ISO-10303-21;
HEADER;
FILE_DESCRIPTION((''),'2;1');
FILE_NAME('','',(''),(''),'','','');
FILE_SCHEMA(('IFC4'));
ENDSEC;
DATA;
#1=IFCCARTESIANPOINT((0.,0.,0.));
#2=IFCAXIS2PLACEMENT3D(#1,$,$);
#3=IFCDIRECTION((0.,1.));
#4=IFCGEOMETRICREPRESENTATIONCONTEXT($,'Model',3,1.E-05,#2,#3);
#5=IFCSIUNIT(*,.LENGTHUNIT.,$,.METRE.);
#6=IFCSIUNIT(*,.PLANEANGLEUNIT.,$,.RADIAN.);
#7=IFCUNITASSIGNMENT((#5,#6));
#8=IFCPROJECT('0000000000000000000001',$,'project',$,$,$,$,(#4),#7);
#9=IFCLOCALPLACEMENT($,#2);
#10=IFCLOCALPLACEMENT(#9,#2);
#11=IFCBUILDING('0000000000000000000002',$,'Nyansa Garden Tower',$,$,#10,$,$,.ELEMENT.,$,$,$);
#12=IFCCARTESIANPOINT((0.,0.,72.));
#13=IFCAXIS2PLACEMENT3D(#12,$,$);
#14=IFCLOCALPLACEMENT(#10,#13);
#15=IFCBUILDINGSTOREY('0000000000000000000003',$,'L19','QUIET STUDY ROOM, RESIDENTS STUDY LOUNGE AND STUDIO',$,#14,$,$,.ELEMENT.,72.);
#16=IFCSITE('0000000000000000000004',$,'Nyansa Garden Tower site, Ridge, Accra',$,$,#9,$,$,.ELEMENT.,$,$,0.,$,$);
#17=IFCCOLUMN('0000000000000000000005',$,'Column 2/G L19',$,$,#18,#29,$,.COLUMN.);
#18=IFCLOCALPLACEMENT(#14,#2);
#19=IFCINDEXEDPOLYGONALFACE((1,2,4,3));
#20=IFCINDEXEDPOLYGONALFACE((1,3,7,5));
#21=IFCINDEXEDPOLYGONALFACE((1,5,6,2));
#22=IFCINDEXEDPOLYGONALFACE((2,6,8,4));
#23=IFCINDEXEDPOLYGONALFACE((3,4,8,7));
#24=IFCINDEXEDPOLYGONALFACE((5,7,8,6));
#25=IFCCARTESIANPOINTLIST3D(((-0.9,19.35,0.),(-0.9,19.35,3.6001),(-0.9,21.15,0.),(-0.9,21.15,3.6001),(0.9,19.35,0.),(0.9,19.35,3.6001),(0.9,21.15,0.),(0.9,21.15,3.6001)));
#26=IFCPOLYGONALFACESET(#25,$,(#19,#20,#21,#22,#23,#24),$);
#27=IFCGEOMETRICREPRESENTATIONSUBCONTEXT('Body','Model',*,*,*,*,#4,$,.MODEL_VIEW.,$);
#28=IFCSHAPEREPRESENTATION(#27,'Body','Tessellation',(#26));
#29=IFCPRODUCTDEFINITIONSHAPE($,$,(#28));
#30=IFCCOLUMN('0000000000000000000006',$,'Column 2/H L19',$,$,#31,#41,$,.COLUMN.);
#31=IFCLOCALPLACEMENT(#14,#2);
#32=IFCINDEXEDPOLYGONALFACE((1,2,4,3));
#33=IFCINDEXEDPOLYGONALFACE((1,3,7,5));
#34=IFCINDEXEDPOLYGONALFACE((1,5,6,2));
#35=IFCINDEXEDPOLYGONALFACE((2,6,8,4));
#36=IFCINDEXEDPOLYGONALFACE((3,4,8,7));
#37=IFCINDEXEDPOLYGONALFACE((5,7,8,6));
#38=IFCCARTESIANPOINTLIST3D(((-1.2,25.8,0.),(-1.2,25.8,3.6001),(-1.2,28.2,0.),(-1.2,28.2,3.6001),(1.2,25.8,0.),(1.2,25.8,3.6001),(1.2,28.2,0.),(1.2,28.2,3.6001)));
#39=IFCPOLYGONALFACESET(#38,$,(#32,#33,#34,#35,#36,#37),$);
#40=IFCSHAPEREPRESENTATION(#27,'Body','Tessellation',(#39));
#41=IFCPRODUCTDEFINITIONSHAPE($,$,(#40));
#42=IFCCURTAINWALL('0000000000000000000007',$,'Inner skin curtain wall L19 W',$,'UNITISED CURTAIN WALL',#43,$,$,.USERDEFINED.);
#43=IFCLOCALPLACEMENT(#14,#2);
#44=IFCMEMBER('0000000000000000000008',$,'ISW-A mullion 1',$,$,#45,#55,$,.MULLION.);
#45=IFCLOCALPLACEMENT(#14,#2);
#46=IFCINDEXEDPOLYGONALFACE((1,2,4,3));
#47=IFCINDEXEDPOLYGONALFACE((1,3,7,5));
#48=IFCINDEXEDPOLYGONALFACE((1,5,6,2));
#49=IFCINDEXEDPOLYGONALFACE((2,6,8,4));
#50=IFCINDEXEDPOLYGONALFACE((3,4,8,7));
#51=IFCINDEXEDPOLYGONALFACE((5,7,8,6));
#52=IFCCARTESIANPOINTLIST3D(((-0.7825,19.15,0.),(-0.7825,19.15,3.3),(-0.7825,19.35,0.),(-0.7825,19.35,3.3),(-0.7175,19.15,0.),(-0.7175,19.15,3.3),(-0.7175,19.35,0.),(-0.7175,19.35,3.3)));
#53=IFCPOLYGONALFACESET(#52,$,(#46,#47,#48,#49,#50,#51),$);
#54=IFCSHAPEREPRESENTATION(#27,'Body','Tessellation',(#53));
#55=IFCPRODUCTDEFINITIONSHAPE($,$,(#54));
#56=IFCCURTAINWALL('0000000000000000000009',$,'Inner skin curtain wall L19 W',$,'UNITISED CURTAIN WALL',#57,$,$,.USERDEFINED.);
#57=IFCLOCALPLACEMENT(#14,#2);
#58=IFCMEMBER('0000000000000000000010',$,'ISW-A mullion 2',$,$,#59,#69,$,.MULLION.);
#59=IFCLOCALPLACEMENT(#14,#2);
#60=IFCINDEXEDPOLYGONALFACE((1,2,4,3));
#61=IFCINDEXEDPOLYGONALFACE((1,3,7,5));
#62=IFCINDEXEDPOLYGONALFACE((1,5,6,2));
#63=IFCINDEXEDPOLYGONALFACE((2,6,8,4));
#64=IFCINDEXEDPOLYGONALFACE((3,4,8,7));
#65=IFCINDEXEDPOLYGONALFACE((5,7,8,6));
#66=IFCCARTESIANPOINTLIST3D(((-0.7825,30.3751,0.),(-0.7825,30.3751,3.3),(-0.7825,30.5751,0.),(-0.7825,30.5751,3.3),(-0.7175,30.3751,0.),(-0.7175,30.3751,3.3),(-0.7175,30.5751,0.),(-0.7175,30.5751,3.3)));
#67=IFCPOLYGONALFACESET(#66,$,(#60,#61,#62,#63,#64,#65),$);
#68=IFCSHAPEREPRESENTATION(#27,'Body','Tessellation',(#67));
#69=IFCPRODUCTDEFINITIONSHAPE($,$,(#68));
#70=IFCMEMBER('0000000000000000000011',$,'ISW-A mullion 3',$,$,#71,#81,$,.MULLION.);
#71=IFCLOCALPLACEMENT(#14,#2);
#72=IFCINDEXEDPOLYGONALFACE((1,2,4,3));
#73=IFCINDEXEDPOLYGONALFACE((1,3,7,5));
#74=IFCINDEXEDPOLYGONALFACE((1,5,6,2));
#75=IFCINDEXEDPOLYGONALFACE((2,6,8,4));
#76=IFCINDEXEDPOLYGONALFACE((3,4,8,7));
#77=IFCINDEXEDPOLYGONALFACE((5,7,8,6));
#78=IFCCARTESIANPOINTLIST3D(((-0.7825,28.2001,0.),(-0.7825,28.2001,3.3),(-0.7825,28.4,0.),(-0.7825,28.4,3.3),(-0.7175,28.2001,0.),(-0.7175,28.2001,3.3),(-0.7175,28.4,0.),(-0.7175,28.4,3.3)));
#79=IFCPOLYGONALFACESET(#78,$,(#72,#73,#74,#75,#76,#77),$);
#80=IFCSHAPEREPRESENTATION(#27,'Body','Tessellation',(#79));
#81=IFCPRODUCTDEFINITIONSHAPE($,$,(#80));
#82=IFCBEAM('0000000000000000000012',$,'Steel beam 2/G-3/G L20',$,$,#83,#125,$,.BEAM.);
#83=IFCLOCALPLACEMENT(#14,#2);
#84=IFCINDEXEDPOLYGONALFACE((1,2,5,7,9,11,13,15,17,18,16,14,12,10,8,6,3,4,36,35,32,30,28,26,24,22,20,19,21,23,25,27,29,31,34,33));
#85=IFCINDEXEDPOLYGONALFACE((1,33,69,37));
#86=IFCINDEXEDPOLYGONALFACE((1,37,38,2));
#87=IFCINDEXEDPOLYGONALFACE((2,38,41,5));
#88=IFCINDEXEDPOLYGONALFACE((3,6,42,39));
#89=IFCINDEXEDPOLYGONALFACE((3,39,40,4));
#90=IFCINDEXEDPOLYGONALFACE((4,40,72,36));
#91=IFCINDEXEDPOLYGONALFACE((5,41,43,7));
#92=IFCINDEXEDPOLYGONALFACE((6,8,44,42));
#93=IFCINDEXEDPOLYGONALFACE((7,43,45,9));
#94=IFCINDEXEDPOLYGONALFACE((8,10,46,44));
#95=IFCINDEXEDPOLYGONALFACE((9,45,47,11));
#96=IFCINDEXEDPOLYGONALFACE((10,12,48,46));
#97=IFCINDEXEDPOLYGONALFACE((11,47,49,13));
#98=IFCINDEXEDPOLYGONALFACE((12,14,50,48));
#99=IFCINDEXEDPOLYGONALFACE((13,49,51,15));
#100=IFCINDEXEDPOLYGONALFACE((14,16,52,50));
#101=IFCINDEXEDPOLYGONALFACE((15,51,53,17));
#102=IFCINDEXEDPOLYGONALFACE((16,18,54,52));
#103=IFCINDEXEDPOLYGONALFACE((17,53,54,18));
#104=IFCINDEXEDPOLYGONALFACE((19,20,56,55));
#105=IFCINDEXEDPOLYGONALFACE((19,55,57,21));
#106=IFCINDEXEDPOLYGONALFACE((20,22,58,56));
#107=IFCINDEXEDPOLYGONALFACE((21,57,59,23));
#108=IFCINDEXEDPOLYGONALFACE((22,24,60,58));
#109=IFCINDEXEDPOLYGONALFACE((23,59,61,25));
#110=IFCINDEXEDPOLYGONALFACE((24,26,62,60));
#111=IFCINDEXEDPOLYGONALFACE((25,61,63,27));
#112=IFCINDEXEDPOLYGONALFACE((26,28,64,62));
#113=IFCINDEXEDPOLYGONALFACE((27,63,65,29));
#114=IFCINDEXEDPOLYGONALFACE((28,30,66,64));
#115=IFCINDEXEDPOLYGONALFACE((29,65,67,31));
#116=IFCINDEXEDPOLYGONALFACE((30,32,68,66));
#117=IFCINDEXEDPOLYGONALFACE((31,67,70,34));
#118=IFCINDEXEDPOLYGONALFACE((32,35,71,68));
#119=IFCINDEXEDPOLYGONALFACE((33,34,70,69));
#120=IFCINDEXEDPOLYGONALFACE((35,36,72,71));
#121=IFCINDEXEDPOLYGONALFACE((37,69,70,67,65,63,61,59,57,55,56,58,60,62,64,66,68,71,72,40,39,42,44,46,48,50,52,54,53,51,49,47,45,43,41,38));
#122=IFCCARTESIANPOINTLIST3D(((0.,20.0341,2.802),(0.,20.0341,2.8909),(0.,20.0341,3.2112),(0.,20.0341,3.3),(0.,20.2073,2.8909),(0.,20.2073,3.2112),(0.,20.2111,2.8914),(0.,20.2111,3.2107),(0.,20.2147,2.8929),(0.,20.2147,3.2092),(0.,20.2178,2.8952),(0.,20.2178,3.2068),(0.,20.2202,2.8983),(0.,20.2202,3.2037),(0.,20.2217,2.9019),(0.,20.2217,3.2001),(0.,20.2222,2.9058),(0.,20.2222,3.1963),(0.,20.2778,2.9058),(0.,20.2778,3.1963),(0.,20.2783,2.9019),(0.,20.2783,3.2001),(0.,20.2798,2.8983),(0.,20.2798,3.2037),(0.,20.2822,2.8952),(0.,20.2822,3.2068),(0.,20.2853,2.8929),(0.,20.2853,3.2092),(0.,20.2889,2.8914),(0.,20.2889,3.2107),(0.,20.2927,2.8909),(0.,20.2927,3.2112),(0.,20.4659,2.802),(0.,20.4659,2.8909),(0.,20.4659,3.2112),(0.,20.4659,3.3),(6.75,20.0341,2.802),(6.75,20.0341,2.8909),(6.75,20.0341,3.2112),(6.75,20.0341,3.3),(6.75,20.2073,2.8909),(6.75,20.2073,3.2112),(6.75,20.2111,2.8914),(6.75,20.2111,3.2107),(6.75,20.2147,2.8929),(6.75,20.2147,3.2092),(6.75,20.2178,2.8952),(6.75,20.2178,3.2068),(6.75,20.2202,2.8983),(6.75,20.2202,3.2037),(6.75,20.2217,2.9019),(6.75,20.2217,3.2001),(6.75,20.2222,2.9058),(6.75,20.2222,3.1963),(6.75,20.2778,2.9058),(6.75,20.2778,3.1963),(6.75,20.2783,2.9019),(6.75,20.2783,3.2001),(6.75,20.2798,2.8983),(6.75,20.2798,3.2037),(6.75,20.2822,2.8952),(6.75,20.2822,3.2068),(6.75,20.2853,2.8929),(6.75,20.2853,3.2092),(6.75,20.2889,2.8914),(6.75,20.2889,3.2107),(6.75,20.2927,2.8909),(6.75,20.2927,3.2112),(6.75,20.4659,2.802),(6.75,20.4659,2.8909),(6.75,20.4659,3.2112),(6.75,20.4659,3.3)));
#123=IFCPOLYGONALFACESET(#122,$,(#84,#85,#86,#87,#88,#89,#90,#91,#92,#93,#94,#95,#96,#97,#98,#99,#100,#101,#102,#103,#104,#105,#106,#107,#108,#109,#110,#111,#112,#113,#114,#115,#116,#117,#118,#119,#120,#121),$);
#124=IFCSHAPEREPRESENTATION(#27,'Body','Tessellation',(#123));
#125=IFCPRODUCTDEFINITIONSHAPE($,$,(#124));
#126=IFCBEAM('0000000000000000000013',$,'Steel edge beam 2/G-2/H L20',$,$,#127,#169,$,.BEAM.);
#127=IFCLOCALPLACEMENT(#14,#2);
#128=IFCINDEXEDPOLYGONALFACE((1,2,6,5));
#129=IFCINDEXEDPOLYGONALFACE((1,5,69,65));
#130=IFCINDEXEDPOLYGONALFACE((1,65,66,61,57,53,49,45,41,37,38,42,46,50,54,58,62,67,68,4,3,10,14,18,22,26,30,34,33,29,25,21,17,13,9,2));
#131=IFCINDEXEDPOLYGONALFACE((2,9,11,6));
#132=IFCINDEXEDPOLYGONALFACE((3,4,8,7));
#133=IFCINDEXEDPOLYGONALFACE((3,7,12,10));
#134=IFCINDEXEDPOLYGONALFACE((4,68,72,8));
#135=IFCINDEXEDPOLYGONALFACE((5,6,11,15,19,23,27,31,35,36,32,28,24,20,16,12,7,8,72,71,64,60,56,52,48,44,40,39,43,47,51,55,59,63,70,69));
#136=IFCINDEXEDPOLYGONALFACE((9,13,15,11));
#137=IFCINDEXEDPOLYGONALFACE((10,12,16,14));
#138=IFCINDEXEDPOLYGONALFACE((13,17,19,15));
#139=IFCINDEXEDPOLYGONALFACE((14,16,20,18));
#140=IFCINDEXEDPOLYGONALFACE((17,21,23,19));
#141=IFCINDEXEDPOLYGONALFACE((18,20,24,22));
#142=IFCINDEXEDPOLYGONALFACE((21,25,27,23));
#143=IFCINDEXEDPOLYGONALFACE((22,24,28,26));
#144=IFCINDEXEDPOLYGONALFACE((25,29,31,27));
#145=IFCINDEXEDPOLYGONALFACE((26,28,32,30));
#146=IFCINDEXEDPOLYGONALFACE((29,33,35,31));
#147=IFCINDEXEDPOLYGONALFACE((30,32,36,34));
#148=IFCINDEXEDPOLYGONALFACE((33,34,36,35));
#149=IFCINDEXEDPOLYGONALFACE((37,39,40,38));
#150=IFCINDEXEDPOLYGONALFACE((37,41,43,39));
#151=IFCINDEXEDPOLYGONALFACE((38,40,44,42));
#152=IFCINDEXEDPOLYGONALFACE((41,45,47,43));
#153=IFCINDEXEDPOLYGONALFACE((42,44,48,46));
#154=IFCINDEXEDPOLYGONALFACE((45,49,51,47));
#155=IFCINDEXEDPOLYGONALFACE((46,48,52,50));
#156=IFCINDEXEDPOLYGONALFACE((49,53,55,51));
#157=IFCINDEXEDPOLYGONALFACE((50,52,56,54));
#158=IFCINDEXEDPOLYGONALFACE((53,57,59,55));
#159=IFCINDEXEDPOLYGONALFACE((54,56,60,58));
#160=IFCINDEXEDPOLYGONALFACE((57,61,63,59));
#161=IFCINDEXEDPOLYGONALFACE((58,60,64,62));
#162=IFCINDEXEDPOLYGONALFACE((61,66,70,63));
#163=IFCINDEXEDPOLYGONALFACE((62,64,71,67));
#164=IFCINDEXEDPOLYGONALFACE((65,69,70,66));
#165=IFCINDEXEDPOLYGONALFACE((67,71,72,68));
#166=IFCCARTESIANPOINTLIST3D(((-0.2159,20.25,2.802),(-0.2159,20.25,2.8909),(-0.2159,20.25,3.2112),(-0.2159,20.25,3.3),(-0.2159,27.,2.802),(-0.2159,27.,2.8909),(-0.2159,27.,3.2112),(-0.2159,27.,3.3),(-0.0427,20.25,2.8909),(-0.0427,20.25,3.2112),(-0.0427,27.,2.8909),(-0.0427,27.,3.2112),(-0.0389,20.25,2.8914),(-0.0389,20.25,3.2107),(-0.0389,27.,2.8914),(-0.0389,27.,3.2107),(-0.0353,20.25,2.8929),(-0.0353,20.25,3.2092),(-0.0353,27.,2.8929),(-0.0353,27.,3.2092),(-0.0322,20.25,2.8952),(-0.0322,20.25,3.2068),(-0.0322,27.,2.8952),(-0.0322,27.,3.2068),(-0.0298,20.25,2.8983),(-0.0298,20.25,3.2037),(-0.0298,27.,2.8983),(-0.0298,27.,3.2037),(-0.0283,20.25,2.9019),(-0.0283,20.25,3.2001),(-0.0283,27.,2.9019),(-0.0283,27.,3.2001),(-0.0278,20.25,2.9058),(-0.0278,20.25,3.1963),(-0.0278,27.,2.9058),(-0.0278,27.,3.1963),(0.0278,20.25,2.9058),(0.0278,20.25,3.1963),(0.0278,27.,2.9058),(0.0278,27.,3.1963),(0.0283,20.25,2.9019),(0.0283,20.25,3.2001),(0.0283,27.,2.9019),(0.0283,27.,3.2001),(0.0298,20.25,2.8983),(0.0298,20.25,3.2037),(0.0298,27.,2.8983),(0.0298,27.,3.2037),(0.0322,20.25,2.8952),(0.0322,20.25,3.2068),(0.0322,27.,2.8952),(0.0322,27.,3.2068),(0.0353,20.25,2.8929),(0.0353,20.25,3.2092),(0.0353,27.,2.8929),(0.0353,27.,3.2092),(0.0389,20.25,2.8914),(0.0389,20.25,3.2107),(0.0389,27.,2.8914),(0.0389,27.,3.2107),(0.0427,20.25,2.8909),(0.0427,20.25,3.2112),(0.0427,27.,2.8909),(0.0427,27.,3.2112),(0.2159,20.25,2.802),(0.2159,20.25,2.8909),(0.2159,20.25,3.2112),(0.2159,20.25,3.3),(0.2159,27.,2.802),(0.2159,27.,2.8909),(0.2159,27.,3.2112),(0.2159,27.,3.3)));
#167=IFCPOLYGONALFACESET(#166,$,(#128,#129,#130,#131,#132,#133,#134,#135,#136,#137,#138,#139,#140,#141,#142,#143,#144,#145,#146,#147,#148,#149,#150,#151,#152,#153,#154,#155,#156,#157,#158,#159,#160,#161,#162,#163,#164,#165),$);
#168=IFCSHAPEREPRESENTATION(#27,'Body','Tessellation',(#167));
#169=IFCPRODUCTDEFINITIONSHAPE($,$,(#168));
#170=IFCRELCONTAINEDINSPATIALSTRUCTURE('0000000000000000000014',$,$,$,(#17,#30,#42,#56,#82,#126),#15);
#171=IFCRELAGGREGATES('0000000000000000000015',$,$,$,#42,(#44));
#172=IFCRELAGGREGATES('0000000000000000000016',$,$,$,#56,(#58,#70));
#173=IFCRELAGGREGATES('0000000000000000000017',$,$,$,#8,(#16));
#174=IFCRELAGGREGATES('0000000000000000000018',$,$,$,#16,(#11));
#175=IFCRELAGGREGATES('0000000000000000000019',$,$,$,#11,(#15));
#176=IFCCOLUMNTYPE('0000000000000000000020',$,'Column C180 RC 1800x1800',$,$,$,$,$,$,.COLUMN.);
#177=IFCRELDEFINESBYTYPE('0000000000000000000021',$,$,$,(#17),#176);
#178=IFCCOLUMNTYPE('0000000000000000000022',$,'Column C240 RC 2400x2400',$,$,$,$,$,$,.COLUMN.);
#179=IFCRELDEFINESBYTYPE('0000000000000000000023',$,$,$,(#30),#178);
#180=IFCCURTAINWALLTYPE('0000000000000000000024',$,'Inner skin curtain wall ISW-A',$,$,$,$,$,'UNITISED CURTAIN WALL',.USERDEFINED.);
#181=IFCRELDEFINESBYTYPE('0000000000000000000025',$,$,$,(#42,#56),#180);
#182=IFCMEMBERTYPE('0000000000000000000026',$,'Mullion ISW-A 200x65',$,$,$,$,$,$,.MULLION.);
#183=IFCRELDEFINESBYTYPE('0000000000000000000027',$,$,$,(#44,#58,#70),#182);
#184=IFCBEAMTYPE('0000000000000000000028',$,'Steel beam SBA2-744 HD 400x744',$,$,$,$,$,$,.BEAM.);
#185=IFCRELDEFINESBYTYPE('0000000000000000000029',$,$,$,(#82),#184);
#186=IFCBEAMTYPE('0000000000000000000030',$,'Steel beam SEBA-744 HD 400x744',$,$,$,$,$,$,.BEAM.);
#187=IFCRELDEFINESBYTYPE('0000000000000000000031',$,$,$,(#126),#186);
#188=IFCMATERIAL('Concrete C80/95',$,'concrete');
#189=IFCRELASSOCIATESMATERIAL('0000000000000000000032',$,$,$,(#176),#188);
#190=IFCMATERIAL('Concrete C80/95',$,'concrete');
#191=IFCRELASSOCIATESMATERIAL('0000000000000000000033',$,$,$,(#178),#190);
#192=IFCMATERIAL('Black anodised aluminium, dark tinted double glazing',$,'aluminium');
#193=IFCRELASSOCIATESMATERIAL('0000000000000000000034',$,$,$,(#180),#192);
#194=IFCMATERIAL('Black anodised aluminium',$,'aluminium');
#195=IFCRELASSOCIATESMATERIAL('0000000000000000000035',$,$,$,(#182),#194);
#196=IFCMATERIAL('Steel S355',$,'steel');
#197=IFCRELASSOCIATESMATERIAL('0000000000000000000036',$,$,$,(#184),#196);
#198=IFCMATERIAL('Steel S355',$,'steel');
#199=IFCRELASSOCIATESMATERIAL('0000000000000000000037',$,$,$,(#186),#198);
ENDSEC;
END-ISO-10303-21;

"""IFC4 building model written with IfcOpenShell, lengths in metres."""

from ifc_helpers import new_model, si_unit, direction, frame, origin, origin_2d, place, context, subcontext, project, spatial, rectangle, i_section, extrude, material, material_profile, profile_set, type_object, element, aggregate, save


model = new_model("IFC4")

# Units and contexts
model_context = context("Model", 3, precision=1e-05, world=origin(), true_north=direction((0.0, 1.0)))
body_context = subcontext(model_context, "Body", "Model", "MODEL_VIEW")
ifc_project = project(units=[si_unit("LENGTHUNIT", "METRE"), si_unit("PLANEANGLEUNIT", "RADIAN")], contexts=[model_context])

# Site, building, storey
site_placement = place(None, origin())
site = spatial("IfcSite", under=ifc_project, at=site_placement, Name="Nyansa Garden Tower site, Ridge, Accra", CompositionType="ELEMENT", RefElevation=0.0)
building_placement = place(site_placement, origin())
building = spatial("IfcBuilding", under=site, at=building_placement, Name="Nyansa Garden Tower", CompositionType="ELEMENT")
storey_placement = place(building_placement, frame((0.0, 0.0, 72.0)))
storey = spatial("IfcBuildingStorey", under=building, at=storey_placement, Name="L19", Description="QUIET STUDY ROOM, RESIDENTS STUDY LOUNGE AND STUDIO", CompositionType="ELEMENT", Elevation=72.0)

# Columns
ifc_material_1 = material(Name="Concrete C80/95", Category="concrete")
ifc_material_profile_1 = material_profile(ifc_material_1, rectangle(XDim=1.8, YDim=1.8, at=origin_2d()), Name="RC 1800x1800")
ifc_profile_set_1 = profile_set([ifc_material_profile_1], Name="Concrete C80/95")
column_type_1 = type_object("IfcColumnType", Name="Column C180 RC 1800x1800", PredefinedType="COLUMN", material=ifc_profile_set_1)
column_1_placement = place(storey_placement, frame((0.0, 20.25, 0.0), z_axis=(0.0, 0.0, 1.0), x_axis=(1.0, 0.0, 0.0)))
element("IfcColumn", 1, at=column_1_placement, inside=storey, type_object=column_type_1, Name="Column 2/G L19", PredefinedType="COLUMN", context=body_context, shape_type="SweptSolid", body=[
    extrude(rectangle(XDim=1.8, YDim=1.8, at=origin_2d()), origin(), (0.0, 0.0, 1.0), 3.6001),
])
ifc_material_2 = material(Name="Concrete C80/95", Category="concrete")
ifc_material_profile_2 = material_profile(ifc_material_2, rectangle(XDim=2.3999, YDim=2.3999, at=origin_2d()), Name="RC 2400x2400")
ifc_profile_set_2 = profile_set([ifc_material_profile_2], Name="Concrete C80/95")
column_type_2 = type_object("IfcColumnType", Name="Column C240 RC 2400x2400", PredefinedType="COLUMN", material=ifc_profile_set_2)
column_2_placement = place(storey_placement, frame((0.0, 27.0, 0.0), z_axis=(0.0, 0.0, 1.0), x_axis=(1.0, 0.0, 0.0)))
element("IfcColumn", 2, at=column_2_placement, inside=storey, type_object=column_type_2, Name="Column 2/H L19", PredefinedType="COLUMN", context=body_context, shape_type="SweptSolid", body=[
    extrude(rectangle(XDim=2.3999, YDim=2.3999, at=origin_2d()), origin(), (0.0, 0.0, 1.0), 3.6001),
])

# Curtain wall, member
ifc_material_3 = material(Name="Black anodised aluminium, dark tinted double glazing", Category="aluminium")
curtain_wall_type = type_object("IfcCurtainWallType", Name="Inner skin curtain wall ISW-A", ElementType="UNITISED CURTAIN WALL", PredefinedType="USERDEFINED", material=ifc_material_3)
curtain_wall_1_placement = place(storey_placement, origin())
curtain_wall_1 = element("IfcCurtainWall", 3, at=curtain_wall_1_placement, inside=storey, type_object=curtain_wall_type, Name="Inner skin curtain wall L19 W", ObjectType="UNITISED CURTAIN WALL", PredefinedType="USERDEFINED")
ifc_material_4 = material(Name="Black anodised aluminium", Category="aluminium")
ifc_material_profile_3 = material_profile(ifc_material_4, rectangle(XDim=0.0649, YDim=0.2, at=origin_2d()), Name="Mullion 200x65")
ifc_profile_set_3 = profile_set([ifc_material_profile_3], Name="Black anodised aluminium")
member_type_1 = type_object("IfcMemberType", Name="Mullion ISW-A 200x65", PredefinedType="MULLION", material=ifc_profile_set_3)
member_1_placement = place(storey_placement, frame((-0.75, 19.25, 0.0), z_axis=(0.0, 0.0, 1.0), x_axis=(1.0, 0.0, 0.0)))
member_1 = element("IfcMember", 4, at=member_1_placement, type_object=member_type_1, Name="ISW-A mullion 1", PredefinedType="MULLION", context=body_context, shape_type="SweptSolid", body=[
    extrude(rectangle(XDim=0.0649, YDim=0.2, at=origin_2d()), origin(), (0.0, 0.0, 1.0), 3.3),
])

# Curtain wall, members
curtain_wall_2_placement = place(storey_placement, origin())
curtain_wall_2 = element("IfcCurtainWall", 5, at=curtain_wall_2_placement, inside=storey, type_object=curtain_wall_type, Name="Inner skin curtain wall L19 W", ObjectType="UNITISED CURTAIN WALL", PredefinedType="USERDEFINED")
member_2_placement = place(storey_placement, frame((-0.75, 30.4751, 0.0), z_axis=(0.0, 0.0, 1.0), x_axis=(1.0, 0.0, 0.0)))
member_2 = element("IfcMember", 6, at=member_2_placement, type_object=member_type_1, Name="ISW-A mullion 2", PredefinedType="MULLION", context=body_context, shape_type="SweptSolid", body=[
    extrude(rectangle(XDim=0.0649, YDim=0.2, at=origin_2d()), origin(), (0.0, 0.0, 1.0), 3.3),
])
member_3_placement = place(storey_placement, frame((-0.75, 28.3, 0.0), z_axis=(0.0, 0.0, 1.0), x_axis=(1.0, 0.0, 0.0)))
member_3 = element("IfcMember", 7, at=member_3_placement, type_object=member_type_1, Name="ISW-A mullion 3", PredefinedType="MULLION", context=body_context, shape_type="SweptSolid", body=[
    extrude(rectangle(XDim=0.0649, YDim=0.2, at=origin_2d()), origin(), (0.0, 0.0, 1.0), 3.3),
])

# Beams
ifc_material_5 = material(Name="Steel S355", Category="steel")
ifc_material_profile_4 = material_profile(ifc_material_5, i_section(OverallWidth=0.4319, OverallDepth=0.498, WebThickness=0.0557, FlangeThickness=0.0889, FilletRadius=0.0149, at=origin_2d()), Name="HD 400x744")
ifc_profile_set_4 = profile_set([ifc_material_profile_4], Name="Steel S355")
beam_type_1 = type_object("IfcBeamType", Name="Steel beam SBA2-744 HD 400x744", PredefinedType="BEAM", material=ifc_profile_set_4)
beam_1_placement = place(storey_placement, frame((0.0, 20.25, 3.051), z_axis=(1.0, 0.0, 0.0), x_axis=(0.0, 1.0, 0.0)))
element("IfcBeam", 8, at=beam_1_placement, inside=storey, type_object=beam_type_1, Name="Steel beam 2/G-3/G L20", PredefinedType="BEAM", context=body_context, shape_type="SweptSolid", body=[
    extrude(i_section(OverallWidth=0.4319, OverallDepth=0.498, WebThickness=0.0557, FlangeThickness=0.0889, FilletRadius=0.0149, at=origin_2d()), origin(), (0.0, 0.0, 1.0), 6.75),
])
ifc_material_6 = material(Name="Steel S355", Category="steel")
ifc_material_profile_5 = material_profile(ifc_material_6, i_section(OverallWidth=0.4319, OverallDepth=0.498, WebThickness=0.0557, FlangeThickness=0.0889, FilletRadius=0.0149, at=origin_2d()), Name="HD 400x744")
ifc_profile_set_5 = profile_set([ifc_material_profile_5], Name="Steel S355")
beam_type_2 = type_object("IfcBeamType", Name="Steel beam SEBA-744 HD 400x744", PredefinedType="BEAM", material=ifc_profile_set_5)
for number, where, z_axis, x_axis, name in (
    (9, (0.0, 20.25, 3.051), (0.0, 1.0, 0.0), (-1.0, 0.0, 0.0), "Steel edge beam 2/G-2/H L20"),
):
    element("IfcBeam", number, at=place(storey_placement, frame(where, z_axis=z_axis, x_axis=x_axis)), inside=storey, type_object=beam_type_2, Name=name, PredefinedType="BEAM", context=body_context, shape_type="SweptSolid", body=[
        extrude(i_section(OverallWidth=0.4319, OverallDepth=0.498, WebThickness=0.0557, FlangeThickness=0.0889, FilletRadius=0.0149, at=origin_2d()), origin(), (0.0, 0.0, 1.0), 6.75),
    ])

aggregate(curtain_wall_1, [member_1])
aggregate(curtain_wall_2, [member_2, member_3])

save(model, "model.ifc")
